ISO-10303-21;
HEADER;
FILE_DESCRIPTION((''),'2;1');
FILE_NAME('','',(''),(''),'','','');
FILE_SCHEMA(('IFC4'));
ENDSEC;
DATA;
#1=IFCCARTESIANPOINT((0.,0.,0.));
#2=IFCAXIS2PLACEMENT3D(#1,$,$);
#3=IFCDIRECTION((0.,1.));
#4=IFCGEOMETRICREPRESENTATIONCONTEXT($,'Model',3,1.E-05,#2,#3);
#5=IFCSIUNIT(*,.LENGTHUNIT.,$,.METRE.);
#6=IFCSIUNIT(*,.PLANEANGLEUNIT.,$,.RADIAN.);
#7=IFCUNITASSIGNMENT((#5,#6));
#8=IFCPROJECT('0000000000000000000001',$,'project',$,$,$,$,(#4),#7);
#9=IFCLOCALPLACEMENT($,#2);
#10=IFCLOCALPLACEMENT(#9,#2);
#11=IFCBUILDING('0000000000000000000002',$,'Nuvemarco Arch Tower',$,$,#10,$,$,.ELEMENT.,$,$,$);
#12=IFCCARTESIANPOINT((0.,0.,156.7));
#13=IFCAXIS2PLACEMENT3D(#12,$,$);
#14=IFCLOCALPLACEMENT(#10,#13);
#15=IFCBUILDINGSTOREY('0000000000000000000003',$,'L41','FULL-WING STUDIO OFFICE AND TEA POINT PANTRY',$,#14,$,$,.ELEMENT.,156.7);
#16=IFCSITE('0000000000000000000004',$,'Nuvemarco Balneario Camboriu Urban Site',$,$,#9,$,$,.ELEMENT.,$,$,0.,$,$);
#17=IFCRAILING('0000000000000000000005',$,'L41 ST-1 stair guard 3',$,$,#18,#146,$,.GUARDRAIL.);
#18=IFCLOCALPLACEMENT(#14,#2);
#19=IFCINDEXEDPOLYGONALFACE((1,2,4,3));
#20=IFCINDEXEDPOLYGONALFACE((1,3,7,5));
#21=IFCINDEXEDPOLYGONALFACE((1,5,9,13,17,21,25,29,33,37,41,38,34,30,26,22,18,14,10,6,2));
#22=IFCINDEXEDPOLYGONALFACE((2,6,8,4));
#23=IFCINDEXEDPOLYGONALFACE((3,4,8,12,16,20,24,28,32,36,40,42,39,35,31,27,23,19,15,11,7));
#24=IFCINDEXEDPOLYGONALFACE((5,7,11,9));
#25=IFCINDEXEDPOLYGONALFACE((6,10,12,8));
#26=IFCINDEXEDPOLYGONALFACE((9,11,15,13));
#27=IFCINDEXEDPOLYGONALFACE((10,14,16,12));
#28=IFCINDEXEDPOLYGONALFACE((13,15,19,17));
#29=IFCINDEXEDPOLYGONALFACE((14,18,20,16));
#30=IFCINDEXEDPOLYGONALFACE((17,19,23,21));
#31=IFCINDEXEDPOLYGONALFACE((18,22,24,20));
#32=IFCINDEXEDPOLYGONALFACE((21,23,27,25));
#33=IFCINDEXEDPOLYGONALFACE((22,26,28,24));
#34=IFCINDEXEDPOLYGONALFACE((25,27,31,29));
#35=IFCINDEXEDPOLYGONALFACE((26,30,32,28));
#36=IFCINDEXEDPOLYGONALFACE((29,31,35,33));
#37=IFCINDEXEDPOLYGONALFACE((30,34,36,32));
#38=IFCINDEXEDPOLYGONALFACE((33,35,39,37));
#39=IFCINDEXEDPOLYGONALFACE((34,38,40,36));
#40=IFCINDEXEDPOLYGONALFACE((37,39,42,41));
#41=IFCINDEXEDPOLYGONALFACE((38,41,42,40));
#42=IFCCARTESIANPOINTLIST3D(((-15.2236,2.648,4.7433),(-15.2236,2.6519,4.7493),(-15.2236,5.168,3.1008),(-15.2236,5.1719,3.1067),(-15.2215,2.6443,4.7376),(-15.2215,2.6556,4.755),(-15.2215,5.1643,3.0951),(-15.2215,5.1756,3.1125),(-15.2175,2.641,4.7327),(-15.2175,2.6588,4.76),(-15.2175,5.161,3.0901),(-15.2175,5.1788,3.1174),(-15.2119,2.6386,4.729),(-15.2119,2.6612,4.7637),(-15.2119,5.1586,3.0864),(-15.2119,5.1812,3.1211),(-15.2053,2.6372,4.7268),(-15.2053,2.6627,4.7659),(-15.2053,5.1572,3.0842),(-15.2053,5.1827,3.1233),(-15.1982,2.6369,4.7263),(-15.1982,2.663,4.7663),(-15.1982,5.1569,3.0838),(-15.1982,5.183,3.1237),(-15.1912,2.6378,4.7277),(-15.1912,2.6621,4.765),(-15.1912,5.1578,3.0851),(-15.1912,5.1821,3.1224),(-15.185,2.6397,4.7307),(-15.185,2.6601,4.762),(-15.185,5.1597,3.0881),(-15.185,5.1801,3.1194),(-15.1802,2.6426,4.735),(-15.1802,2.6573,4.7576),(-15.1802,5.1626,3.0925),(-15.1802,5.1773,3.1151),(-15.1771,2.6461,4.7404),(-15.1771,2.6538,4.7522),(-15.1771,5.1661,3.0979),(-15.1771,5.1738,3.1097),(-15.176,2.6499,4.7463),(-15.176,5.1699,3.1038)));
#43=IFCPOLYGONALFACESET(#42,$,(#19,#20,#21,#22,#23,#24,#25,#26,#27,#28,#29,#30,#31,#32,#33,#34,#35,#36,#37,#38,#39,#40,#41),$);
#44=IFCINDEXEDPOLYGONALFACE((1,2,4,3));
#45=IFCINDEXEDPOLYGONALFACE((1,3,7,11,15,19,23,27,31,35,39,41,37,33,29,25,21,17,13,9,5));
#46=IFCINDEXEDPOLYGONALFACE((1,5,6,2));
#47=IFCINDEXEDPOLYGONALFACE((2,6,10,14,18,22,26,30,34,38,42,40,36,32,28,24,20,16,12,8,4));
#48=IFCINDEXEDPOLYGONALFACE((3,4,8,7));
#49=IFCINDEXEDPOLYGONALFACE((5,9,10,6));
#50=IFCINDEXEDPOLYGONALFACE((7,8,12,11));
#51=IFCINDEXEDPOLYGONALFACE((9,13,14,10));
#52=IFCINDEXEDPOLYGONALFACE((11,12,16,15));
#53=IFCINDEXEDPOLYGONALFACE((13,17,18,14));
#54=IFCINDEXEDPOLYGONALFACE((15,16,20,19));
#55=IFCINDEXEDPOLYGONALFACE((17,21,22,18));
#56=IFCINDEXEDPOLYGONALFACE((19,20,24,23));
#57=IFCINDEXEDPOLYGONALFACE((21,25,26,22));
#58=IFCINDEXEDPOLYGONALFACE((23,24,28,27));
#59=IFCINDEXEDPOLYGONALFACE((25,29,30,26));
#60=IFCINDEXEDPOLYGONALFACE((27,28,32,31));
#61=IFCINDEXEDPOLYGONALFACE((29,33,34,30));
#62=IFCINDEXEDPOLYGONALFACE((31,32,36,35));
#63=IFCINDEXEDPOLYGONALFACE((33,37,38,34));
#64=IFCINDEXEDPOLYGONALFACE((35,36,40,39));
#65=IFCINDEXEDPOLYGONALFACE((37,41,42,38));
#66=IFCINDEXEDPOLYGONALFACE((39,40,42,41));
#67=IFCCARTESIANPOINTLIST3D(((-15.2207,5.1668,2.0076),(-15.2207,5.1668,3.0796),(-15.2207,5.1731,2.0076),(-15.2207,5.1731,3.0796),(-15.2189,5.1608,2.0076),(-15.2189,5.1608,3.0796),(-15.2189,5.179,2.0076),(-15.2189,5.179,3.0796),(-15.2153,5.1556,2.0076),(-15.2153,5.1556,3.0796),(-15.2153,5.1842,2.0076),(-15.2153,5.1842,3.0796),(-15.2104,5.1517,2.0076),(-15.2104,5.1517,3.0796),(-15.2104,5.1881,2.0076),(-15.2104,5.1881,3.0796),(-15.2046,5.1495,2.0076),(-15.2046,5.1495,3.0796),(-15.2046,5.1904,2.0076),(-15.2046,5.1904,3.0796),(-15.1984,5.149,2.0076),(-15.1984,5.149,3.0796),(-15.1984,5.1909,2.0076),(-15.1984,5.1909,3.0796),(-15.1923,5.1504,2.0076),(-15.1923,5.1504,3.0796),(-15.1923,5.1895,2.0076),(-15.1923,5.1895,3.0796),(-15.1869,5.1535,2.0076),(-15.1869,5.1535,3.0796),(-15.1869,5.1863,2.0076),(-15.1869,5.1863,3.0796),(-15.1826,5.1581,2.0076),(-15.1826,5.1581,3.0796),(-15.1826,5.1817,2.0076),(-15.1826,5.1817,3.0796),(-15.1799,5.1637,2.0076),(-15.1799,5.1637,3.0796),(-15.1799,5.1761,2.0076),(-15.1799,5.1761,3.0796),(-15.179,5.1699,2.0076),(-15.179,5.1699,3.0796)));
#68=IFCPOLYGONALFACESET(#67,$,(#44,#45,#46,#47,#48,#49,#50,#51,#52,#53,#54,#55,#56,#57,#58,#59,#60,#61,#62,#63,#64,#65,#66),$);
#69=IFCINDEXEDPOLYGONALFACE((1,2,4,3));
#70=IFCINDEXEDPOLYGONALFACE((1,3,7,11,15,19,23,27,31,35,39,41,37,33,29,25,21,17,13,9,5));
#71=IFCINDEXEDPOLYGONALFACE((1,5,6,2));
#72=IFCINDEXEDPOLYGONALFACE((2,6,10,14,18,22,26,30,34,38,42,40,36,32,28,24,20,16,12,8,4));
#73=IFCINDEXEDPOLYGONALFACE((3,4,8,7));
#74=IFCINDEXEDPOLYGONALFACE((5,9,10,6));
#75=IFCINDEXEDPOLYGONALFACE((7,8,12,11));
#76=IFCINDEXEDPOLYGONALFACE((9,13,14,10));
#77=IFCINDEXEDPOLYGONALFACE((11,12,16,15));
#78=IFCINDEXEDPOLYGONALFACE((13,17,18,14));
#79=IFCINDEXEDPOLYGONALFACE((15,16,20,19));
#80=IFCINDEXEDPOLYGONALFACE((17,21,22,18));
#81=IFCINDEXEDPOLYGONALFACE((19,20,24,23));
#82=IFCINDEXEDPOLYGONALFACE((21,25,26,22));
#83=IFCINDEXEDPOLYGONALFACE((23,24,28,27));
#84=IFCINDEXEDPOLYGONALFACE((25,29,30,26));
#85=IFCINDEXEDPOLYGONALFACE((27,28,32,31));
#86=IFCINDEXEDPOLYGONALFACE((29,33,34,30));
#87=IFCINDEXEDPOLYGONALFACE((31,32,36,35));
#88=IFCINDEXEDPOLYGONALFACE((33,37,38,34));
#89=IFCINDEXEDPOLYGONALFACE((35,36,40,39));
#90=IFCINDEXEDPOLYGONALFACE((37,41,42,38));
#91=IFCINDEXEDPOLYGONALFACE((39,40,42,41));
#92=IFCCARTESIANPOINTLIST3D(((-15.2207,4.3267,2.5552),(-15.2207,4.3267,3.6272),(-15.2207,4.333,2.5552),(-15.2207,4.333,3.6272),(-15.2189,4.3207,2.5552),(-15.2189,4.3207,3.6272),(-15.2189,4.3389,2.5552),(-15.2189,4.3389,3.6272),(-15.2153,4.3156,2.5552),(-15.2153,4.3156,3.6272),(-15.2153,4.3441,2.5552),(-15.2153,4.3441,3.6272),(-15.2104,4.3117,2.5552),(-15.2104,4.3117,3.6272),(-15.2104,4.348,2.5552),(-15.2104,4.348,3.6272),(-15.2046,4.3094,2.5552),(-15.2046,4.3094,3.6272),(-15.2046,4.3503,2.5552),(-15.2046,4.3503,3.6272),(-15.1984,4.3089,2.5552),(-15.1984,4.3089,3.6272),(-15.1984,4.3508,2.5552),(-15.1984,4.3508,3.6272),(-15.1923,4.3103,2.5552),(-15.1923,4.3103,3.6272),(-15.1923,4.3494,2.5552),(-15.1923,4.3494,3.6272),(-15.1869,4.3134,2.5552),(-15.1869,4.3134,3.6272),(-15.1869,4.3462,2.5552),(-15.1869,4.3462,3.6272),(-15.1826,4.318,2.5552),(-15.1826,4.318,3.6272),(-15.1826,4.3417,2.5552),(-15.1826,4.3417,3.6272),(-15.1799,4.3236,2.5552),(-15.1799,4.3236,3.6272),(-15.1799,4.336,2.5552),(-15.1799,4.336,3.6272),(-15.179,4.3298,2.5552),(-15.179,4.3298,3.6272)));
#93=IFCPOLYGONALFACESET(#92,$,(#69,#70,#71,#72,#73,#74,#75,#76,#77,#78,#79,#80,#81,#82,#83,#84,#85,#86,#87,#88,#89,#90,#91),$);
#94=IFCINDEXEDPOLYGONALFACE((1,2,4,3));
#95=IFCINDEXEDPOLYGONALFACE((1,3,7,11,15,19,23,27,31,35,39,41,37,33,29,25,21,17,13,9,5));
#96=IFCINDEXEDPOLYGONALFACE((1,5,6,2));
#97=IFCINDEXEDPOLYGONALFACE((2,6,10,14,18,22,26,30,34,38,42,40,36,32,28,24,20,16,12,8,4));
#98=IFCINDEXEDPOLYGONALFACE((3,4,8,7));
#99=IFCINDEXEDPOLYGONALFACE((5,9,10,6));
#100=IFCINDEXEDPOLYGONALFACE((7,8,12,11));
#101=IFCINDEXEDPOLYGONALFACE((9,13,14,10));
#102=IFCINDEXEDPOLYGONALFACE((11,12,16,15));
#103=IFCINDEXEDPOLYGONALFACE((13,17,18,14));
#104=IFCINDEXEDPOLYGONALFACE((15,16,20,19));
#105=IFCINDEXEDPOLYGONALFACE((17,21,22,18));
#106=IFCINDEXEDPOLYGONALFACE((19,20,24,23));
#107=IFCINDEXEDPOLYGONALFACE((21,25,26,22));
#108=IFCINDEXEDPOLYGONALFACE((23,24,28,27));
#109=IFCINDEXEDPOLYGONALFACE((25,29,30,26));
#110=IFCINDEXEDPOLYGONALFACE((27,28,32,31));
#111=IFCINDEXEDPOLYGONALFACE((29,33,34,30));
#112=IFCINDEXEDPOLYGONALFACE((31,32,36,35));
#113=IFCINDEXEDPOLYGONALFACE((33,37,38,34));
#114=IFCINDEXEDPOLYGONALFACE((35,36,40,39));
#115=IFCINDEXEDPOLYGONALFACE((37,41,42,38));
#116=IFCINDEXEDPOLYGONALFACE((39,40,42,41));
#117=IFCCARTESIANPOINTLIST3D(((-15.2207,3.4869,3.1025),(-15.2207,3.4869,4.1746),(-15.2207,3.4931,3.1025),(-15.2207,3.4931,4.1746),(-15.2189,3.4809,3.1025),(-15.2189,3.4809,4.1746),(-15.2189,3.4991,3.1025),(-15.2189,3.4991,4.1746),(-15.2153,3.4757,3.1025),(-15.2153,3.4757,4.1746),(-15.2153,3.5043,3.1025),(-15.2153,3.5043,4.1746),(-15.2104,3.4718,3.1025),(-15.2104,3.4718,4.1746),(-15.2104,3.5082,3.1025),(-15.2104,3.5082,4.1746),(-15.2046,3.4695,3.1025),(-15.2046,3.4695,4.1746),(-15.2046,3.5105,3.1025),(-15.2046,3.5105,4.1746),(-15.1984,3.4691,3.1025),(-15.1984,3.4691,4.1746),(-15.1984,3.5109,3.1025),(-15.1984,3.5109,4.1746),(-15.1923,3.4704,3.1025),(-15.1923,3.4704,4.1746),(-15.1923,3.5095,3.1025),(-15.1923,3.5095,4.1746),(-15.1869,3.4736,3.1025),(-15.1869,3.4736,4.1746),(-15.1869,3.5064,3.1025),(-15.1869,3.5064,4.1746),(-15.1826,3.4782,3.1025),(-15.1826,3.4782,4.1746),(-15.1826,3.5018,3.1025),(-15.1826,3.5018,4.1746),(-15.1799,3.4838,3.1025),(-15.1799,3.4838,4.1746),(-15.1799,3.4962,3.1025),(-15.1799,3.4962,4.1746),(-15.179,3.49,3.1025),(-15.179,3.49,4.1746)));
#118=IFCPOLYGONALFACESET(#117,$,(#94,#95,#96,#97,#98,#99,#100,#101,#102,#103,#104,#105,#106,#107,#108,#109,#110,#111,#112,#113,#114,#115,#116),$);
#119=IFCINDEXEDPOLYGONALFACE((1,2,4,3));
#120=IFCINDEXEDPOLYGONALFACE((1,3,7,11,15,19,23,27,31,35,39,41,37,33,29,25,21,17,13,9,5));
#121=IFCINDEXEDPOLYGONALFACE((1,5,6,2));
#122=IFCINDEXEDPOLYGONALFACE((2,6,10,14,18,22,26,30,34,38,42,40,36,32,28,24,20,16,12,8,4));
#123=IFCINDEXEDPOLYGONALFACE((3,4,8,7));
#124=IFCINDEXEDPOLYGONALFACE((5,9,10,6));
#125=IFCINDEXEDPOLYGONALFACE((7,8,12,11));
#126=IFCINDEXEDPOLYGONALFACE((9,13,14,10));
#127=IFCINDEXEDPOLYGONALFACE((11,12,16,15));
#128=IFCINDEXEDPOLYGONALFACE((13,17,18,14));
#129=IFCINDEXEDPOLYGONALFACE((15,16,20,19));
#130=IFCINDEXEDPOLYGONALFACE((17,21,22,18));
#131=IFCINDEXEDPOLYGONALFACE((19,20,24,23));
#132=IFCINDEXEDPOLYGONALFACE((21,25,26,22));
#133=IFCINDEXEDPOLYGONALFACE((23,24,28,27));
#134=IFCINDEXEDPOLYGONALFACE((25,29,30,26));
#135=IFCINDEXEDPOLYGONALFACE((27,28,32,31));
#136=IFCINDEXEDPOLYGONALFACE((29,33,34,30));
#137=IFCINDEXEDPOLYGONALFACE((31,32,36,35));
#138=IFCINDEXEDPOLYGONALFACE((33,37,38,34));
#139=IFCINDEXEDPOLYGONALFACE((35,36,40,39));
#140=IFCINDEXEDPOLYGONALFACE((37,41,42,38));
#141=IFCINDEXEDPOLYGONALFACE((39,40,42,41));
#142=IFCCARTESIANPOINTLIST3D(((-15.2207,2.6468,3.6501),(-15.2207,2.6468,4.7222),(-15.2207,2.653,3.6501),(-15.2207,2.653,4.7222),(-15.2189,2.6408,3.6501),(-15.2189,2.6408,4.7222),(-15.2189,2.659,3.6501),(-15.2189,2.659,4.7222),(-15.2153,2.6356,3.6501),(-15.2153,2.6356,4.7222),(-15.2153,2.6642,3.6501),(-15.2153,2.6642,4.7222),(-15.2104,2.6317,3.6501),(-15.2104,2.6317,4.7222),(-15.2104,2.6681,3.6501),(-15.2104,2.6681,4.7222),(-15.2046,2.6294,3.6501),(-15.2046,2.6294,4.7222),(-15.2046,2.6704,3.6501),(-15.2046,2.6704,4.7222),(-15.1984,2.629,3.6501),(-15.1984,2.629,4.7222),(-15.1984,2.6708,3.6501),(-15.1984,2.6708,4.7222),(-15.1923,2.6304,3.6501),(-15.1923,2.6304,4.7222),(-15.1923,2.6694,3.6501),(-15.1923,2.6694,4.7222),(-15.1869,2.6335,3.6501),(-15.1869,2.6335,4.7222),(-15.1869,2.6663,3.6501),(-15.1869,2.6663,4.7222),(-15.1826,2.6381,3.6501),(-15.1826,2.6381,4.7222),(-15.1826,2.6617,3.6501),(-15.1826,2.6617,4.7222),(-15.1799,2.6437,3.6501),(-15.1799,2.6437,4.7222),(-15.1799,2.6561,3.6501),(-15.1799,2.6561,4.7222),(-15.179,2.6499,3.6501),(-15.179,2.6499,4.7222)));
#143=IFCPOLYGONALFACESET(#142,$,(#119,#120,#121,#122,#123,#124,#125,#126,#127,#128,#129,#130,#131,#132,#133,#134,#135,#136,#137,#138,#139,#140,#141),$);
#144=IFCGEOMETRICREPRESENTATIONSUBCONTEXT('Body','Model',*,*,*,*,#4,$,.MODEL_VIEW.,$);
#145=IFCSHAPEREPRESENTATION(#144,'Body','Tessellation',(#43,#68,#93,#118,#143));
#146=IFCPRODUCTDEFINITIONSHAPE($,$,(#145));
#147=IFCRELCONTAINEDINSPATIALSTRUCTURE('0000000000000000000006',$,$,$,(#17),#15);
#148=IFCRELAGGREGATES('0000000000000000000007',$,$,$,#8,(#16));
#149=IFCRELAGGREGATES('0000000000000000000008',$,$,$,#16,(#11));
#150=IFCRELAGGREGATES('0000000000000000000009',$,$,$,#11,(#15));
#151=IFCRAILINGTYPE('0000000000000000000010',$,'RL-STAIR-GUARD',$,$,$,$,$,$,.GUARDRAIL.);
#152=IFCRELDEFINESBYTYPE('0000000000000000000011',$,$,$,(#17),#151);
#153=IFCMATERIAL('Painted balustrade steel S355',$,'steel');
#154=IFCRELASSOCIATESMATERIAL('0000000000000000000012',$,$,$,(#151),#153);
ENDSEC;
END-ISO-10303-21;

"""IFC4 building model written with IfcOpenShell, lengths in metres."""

from ifc_helpers import new_model, si_unit, direction, frame, origin, origin_2d, place, context, subcontext, project, spatial, circle, extrude, material, type_object, element, save


model = new_model("IFC4")

# Units and contexts
model_context = context("Model", 3, precision=1e-05, world=origin(), true_north=direction((0.0, 1.0)))
body_context = subcontext(model_context, "Body", "Model", "MODEL_VIEW")
ifc_project = project(units=[si_unit("LENGTHUNIT", "METRE"), si_unit("PLANEANGLEUNIT", "RADIAN")], contexts=[model_context])

# Site, building, storey
site_placement = place(None, origin())
site = spatial("IfcSite", under=ifc_project, at=site_placement, Name="Nuvemarco Balneario Camboriu Urban Site", CompositionType="ELEMENT", RefElevation=0.0)
building_placement = place(site_placement, origin())
building = spatial("IfcBuilding", under=site, at=building_placement, Name="Nuvemarco Arch Tower", CompositionType="ELEMENT")
storey_placement = place(building_placement, frame((0.0, 0.0, 156.7)))
storey = spatial("IfcBuildingStorey", under=building, at=storey_placement, Name="L41", Description="FULL-WING STUDIO OFFICE AND TEA POINT PANTRY", CompositionType="ELEMENT", Elevation=156.7)

# Railing
ifc_material_1 = material(Name="Painted balustrade steel S355", Category="steel")
railing_type_1 = type_object("IfcRailingType", Name="RL-STAIR-GUARD", PredefinedType="GUARDRAIL", material=ifc_material_1)
railing_1_placement = place(storey_placement, frame((-15.2, 5.1699, 2.0076)))
element("IfcRailing", 1, at=railing_1_placement, inside=storey, type_object=railing_type_1, Name="L41 ST-1 stair guard 3", PredefinedType="GUARDRAIL", context=body_context, shape_type="SweptSolid", body=[
    extrude(circle(Radius=0.0239, at=origin_2d()), frame((0.0, 0.0, 1.0962), z_axis=(0.0, -0.837749, 0.546055), x_axis=(1.0, 0.0, 0.0)), (0.0, 0.0, 1.0), 3.0081),
    extrude(circle(Radius=0.021, at=origin_2d()), origin(), (0.0, 0.0, 1.0), 1.072),
    extrude(circle(Radius=0.021, at=origin_2d()), frame((0.0, -0.8401, 0.5476)), (0.0, 0.0, 1.0), 1.072),
    extrude(circle(Radius=0.021, at=origin_2d()), frame((0.0, -1.6799, 1.095)), (0.0, 0.0, 1.0), 1.072),
    extrude(circle(Radius=0.021, at=origin_2d()), frame((0.0, -2.52, 1.6426)), (0.0, 0.0, 1.0), 1.072),
])

save(model, "model.ifc")
